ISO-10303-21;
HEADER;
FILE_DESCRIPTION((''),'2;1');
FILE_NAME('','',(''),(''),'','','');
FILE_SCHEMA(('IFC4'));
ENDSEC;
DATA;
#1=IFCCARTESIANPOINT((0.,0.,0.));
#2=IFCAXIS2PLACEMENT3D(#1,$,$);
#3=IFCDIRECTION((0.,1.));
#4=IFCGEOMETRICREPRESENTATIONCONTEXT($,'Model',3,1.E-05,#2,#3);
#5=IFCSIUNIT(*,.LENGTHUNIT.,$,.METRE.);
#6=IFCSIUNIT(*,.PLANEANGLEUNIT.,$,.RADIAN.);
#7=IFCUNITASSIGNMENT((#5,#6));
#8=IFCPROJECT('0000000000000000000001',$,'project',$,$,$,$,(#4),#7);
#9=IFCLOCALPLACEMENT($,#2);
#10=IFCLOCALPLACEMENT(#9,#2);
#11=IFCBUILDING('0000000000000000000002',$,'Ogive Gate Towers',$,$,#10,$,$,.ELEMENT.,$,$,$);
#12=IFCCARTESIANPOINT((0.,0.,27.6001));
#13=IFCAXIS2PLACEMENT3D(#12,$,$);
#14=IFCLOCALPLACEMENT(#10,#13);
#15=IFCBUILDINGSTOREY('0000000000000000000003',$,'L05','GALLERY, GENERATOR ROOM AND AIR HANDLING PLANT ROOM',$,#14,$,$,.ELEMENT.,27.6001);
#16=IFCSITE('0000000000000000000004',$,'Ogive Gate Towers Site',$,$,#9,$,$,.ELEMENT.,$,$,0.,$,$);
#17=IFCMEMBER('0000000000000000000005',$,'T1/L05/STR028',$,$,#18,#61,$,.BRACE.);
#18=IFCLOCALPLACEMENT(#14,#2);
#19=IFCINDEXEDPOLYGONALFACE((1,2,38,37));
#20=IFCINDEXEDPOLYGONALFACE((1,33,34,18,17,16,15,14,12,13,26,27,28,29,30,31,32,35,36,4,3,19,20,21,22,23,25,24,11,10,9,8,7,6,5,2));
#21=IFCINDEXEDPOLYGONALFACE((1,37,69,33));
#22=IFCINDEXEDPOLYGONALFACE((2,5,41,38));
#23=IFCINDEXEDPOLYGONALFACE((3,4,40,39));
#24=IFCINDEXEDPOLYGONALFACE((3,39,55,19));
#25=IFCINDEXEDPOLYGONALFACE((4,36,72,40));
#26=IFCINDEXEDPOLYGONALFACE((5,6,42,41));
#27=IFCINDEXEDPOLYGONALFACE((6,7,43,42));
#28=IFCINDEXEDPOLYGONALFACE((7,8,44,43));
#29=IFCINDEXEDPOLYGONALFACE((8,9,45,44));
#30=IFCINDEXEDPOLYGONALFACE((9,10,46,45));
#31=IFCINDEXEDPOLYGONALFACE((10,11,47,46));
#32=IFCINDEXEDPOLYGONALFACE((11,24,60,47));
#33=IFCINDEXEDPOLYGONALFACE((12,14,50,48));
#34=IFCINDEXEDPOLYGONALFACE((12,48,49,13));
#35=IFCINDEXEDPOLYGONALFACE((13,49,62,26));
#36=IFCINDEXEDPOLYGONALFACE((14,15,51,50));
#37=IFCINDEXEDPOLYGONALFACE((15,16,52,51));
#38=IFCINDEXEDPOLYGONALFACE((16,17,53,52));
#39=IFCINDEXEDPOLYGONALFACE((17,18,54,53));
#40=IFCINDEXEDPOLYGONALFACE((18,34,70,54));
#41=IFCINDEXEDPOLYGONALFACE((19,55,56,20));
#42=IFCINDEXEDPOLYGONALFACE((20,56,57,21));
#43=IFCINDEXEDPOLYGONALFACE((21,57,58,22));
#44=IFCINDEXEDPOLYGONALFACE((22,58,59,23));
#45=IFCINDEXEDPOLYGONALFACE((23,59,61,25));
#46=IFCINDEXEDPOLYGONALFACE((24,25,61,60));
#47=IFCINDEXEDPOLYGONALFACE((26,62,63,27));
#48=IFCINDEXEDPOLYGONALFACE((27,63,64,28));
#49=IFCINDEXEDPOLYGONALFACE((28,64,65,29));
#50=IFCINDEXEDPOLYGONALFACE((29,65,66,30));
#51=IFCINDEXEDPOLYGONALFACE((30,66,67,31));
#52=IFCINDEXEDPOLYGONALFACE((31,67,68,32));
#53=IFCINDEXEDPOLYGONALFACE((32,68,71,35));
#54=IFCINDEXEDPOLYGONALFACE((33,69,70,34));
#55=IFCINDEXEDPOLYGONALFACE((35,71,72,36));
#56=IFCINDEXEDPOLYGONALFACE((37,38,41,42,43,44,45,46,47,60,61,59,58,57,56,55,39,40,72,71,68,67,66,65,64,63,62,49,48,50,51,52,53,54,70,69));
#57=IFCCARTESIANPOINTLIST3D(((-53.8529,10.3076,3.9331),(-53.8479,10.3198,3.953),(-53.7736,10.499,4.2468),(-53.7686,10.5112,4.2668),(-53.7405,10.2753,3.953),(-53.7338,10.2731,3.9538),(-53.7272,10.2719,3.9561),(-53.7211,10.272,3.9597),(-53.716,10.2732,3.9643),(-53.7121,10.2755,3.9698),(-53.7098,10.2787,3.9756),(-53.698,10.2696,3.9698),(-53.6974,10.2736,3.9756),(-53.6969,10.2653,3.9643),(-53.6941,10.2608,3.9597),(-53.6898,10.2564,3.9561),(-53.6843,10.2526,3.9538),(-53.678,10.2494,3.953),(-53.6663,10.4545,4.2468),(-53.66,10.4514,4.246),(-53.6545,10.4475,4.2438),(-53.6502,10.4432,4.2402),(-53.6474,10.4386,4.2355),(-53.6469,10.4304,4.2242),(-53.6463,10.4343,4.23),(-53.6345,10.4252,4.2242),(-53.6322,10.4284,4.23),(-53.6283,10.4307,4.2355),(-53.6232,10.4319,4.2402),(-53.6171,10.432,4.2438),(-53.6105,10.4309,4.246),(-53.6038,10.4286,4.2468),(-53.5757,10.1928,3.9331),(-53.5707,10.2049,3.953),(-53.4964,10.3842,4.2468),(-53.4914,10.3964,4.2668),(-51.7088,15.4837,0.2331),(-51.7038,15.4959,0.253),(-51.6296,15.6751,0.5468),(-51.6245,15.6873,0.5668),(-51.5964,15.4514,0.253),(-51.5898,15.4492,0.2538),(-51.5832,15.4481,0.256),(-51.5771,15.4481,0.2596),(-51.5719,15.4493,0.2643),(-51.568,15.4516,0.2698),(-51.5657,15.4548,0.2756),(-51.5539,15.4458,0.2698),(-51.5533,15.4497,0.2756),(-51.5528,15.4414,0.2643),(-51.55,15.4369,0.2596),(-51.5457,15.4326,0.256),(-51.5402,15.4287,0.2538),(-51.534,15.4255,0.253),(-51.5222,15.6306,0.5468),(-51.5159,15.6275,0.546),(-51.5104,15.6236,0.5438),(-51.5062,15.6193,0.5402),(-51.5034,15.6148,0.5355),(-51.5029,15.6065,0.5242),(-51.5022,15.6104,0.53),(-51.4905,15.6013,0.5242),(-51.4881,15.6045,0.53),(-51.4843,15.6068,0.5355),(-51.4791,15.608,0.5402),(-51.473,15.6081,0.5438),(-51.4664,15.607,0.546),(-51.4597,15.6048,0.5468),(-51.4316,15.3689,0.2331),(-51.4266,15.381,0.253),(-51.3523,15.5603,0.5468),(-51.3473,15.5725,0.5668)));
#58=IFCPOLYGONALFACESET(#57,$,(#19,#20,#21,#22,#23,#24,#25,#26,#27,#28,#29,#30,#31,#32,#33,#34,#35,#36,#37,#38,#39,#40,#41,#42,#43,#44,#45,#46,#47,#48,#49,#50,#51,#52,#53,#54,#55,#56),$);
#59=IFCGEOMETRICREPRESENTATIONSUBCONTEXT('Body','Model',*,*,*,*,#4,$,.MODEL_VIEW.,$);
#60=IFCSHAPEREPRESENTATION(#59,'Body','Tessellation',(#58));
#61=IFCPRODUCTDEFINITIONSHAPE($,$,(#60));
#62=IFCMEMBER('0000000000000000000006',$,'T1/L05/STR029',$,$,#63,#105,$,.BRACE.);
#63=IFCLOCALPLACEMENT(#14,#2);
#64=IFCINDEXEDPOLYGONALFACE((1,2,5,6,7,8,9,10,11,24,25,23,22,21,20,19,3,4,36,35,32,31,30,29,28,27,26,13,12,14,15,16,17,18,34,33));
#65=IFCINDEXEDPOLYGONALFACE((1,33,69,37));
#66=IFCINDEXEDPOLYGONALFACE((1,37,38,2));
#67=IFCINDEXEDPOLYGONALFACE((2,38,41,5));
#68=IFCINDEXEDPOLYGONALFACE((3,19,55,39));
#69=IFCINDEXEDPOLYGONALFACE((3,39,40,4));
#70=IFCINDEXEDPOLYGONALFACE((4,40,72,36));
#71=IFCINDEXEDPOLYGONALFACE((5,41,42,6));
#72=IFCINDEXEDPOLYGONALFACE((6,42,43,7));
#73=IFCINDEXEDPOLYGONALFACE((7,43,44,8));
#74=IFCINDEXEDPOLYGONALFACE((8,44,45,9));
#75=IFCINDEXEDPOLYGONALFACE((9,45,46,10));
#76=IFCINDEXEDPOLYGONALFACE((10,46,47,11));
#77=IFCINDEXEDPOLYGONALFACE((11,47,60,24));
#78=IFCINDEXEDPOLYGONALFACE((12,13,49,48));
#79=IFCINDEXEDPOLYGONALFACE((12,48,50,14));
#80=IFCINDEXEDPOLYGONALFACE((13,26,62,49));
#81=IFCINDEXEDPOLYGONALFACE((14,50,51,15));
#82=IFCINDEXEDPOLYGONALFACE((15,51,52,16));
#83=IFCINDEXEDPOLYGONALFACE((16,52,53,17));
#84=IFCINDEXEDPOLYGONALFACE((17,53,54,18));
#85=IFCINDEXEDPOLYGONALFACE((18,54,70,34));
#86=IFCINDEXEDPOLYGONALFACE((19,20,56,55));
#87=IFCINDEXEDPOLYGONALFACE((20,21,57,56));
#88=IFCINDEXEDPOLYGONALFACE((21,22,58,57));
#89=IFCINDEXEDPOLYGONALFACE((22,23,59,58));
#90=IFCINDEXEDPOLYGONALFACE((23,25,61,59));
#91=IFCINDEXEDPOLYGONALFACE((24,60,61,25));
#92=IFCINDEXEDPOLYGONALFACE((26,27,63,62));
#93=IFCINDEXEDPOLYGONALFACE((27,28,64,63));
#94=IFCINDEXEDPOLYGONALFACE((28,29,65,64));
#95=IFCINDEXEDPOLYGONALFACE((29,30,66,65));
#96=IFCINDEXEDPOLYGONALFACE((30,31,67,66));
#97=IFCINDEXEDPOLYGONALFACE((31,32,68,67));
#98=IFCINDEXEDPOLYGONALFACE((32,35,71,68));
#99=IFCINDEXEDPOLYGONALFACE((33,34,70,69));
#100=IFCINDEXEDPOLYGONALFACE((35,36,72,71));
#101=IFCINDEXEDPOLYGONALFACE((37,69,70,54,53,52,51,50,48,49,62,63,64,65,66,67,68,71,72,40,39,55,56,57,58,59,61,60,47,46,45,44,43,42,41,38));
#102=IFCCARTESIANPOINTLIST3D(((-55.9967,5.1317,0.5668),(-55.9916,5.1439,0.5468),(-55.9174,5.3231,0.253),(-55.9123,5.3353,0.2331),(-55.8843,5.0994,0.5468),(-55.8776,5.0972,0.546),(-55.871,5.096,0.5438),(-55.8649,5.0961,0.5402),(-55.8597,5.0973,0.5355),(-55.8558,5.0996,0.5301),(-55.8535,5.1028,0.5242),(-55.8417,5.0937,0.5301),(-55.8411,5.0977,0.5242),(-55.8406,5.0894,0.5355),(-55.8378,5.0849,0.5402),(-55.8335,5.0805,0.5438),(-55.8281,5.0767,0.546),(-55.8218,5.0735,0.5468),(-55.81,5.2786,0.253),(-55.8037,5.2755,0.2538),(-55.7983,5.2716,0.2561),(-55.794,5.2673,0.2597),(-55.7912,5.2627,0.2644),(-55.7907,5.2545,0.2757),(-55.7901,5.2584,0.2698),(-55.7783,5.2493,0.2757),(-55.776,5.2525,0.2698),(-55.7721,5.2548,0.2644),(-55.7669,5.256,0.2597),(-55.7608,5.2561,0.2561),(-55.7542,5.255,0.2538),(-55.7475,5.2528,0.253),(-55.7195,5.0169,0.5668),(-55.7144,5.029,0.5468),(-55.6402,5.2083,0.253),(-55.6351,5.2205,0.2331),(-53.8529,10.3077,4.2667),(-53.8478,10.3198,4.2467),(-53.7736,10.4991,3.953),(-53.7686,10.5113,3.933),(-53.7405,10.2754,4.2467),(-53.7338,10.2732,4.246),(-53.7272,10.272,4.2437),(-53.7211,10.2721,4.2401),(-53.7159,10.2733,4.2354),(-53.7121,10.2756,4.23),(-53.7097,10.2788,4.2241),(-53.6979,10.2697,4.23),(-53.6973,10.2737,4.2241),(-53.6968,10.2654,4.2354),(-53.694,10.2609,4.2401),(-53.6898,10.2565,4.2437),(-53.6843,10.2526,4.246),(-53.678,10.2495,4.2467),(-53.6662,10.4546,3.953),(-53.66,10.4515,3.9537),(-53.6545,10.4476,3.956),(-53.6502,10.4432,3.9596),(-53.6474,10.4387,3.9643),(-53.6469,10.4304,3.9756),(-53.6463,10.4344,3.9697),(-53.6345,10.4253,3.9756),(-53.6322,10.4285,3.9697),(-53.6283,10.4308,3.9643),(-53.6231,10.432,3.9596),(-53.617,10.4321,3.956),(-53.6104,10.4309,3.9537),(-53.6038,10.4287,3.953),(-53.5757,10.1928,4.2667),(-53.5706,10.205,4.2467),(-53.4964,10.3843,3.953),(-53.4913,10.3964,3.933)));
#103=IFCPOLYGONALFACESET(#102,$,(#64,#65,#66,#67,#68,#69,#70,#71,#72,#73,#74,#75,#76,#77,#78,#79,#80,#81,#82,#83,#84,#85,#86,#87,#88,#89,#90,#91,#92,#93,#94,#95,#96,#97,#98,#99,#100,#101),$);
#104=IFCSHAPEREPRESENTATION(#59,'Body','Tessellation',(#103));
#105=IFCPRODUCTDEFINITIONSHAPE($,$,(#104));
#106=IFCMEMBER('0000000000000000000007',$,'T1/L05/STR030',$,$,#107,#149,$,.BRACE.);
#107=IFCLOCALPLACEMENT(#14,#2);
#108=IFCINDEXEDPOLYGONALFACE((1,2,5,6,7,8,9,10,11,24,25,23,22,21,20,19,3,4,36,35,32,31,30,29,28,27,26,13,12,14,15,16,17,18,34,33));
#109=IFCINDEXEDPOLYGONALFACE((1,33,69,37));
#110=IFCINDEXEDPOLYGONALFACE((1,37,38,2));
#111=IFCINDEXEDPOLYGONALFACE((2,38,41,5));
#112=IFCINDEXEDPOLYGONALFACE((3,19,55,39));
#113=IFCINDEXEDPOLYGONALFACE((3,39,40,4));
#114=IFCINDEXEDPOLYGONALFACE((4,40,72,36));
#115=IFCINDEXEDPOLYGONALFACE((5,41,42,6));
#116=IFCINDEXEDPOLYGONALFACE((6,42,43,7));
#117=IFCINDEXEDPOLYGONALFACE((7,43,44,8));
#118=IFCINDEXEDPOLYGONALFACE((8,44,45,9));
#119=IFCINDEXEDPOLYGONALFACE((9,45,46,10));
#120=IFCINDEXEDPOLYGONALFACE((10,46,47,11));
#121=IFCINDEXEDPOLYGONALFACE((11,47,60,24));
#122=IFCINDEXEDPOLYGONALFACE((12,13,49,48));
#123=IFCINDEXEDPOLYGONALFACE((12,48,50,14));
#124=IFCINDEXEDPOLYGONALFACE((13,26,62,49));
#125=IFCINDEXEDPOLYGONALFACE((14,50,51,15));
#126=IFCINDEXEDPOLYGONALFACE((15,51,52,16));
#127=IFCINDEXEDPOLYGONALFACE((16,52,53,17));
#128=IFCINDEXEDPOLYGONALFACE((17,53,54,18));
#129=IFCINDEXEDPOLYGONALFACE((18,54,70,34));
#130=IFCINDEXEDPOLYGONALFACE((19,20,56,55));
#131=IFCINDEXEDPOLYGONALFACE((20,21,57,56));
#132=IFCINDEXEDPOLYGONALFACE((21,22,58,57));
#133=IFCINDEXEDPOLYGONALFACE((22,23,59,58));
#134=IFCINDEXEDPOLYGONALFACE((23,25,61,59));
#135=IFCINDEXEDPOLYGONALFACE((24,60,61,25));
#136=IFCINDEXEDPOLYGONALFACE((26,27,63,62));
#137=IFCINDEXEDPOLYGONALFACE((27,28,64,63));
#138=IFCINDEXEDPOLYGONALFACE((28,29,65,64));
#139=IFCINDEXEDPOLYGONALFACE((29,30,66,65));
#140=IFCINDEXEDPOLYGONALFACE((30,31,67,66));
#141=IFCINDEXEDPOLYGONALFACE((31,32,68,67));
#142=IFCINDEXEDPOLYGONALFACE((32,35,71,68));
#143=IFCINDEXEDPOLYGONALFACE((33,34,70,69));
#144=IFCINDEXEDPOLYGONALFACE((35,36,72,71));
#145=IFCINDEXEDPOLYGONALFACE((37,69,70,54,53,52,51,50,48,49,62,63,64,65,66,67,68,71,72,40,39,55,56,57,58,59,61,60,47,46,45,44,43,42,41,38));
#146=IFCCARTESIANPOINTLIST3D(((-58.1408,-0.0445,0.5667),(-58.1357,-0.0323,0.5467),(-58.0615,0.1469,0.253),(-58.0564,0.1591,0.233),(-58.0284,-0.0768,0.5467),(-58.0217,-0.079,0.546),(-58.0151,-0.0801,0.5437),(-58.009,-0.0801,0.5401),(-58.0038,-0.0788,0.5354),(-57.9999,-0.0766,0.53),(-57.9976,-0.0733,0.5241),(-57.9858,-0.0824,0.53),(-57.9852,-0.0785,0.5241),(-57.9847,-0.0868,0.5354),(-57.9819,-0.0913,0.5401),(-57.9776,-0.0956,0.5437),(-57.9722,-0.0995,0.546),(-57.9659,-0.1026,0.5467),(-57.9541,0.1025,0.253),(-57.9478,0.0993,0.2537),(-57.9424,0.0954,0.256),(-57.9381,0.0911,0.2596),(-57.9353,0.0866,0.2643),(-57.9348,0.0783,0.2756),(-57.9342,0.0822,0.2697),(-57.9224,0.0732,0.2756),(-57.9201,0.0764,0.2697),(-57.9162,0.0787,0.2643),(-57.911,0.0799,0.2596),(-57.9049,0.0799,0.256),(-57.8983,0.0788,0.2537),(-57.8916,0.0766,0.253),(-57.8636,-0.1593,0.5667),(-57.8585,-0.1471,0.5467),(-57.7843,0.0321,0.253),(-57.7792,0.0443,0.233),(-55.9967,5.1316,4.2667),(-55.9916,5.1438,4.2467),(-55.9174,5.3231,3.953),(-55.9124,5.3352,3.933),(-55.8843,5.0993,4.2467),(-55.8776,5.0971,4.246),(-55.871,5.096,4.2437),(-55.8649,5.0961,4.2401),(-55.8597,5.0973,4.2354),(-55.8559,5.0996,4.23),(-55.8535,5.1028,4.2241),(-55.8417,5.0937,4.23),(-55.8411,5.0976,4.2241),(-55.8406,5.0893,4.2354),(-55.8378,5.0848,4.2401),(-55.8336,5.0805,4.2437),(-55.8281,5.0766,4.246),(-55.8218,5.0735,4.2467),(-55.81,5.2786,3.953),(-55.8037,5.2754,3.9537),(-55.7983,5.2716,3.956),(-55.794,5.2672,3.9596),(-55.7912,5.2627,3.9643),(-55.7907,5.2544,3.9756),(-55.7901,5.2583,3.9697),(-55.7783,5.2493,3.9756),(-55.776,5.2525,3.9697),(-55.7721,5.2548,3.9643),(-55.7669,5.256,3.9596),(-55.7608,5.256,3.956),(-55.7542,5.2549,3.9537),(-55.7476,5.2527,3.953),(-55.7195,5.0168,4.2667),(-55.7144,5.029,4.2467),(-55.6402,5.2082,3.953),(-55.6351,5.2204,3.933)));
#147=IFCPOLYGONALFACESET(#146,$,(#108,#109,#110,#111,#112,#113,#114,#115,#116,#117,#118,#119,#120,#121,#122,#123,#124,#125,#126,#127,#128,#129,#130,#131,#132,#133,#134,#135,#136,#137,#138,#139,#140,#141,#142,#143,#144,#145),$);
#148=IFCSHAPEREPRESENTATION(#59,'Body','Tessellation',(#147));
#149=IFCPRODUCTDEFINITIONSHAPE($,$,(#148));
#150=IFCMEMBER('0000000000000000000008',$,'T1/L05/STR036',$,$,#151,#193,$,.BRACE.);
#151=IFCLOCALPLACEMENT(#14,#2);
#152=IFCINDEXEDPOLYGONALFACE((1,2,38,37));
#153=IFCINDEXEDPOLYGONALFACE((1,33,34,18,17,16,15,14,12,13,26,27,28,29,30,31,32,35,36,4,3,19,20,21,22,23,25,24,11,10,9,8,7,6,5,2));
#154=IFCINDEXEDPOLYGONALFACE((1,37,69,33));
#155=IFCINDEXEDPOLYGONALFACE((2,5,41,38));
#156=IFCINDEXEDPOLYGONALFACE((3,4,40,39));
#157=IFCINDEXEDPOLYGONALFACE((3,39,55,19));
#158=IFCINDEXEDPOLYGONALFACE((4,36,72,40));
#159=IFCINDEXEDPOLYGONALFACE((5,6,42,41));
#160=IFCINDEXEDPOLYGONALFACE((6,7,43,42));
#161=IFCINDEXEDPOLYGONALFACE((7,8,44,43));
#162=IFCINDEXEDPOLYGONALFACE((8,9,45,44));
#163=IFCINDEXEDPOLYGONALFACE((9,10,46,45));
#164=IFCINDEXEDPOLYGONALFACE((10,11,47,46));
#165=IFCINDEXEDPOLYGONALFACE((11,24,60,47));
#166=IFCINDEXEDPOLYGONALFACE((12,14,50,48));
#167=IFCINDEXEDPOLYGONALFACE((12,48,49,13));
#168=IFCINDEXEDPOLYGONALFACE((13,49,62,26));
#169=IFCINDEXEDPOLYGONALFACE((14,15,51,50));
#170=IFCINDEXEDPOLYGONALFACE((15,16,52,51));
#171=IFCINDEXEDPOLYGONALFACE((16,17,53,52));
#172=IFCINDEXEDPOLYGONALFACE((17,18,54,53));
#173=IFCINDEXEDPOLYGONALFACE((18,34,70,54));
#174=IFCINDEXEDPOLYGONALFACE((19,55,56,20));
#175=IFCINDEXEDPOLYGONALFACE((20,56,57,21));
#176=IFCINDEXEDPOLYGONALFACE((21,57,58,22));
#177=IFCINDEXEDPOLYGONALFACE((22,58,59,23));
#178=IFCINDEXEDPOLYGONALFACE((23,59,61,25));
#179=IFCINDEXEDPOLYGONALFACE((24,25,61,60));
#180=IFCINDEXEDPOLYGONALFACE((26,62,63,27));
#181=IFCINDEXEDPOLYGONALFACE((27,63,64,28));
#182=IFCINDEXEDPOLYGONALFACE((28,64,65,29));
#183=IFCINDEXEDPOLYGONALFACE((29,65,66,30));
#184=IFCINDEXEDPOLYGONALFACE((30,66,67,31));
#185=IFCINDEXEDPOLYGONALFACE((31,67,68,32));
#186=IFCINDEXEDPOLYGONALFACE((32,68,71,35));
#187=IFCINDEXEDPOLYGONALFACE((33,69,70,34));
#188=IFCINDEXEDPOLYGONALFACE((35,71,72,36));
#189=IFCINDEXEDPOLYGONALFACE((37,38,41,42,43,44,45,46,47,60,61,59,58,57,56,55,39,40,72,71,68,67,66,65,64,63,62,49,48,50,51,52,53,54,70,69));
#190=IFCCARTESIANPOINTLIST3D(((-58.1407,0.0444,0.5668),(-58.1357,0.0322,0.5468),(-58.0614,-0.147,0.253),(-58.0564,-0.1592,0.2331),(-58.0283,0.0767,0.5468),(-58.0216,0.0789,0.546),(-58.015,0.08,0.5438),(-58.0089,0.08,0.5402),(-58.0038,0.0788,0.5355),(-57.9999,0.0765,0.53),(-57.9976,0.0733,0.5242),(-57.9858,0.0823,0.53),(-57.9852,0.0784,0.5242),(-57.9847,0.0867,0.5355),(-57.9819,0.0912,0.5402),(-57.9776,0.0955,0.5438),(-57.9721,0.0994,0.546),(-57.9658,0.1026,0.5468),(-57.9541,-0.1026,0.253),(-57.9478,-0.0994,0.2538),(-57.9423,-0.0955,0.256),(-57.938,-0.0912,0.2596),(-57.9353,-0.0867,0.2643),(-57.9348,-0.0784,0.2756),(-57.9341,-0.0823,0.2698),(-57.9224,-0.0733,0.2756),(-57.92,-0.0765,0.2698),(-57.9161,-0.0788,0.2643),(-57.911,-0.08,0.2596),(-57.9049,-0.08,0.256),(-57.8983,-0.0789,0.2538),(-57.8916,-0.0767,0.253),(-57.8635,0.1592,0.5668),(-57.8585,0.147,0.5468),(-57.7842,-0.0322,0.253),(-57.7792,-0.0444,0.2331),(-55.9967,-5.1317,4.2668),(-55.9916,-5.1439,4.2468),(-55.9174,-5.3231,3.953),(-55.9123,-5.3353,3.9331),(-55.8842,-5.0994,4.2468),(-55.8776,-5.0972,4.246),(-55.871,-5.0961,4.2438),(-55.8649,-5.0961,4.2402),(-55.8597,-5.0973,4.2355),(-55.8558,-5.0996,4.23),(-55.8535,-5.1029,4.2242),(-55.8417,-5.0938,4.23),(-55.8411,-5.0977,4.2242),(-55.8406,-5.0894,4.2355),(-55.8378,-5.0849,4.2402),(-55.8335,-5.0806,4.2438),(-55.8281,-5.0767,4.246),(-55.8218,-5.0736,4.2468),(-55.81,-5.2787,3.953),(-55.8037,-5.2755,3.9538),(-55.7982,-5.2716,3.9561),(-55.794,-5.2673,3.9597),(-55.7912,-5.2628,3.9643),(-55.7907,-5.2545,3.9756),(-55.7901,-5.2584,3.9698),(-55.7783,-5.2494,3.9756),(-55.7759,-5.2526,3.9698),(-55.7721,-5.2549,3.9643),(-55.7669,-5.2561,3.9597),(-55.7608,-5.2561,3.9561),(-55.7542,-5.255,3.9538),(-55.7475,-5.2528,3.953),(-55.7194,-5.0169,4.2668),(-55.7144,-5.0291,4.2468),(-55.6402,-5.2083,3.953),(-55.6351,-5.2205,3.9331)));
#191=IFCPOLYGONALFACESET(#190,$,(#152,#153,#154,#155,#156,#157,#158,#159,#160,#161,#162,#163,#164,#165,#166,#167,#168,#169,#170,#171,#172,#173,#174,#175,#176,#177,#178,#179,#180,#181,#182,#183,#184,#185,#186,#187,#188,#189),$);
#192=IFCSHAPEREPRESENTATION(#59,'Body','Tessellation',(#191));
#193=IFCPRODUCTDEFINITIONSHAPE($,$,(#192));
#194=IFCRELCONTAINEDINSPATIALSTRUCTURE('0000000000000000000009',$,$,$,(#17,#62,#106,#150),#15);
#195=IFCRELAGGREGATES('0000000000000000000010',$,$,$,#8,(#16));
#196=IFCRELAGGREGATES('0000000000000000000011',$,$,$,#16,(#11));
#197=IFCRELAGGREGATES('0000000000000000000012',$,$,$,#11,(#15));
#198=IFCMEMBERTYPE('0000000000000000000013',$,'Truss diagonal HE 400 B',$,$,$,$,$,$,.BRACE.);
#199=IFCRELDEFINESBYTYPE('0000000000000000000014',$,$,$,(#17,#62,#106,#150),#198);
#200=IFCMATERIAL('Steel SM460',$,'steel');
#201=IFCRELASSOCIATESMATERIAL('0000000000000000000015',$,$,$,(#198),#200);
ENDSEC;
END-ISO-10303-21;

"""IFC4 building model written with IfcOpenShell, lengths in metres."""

from ifc_helpers import new_model, si_unit, direction, frame, origin, origin_2d, place, context, subcontext, project, spatial, i_section, extrude, material, material_profile, profile_set, type_object, element, save


model = new_model("IFC4")

# Units and contexts
model_context = context("Model", 3, precision=1e-05, world=origin(), true_north=direction((0.0, 1.0)))
body_context = subcontext(model_context, "Body", "Model", "MODEL_VIEW")
ifc_project = project(units=[si_unit("LENGTHUNIT", "METRE"), si_unit("PLANEANGLEUNIT", "RADIAN")], contexts=[model_context])

# Site, building, storey
site_placement = place(None, origin())
site = spatial("IfcSite", under=ifc_project, at=site_placement, Name="Ogive Gate Towers Site", CompositionType="ELEMENT", RefElevation=0.0)
building_placement = place(site_placement, origin())
building = spatial("IfcBuilding", under=site, at=building_placement, Name="Ogive Gate Towers", CompositionType="ELEMENT")
storey_placement = place(building_placement, frame((0.0, 0.0, 27.6001)))
storey = spatial("IfcBuildingStorey", under=building, at=storey_placement, Name="L05", Description="GALLERY, GENERATOR ROOM AND AIR HANDLING PLANT ROOM", CompositionType="ELEMENT", Elevation=27.6001)

# Shared definitions
ifc_material_1 = material(Name="Steel SM460", Category="steel")

# Members
ifc_material_profile_1 = material_profile(ifc_material_1, i_section(OverallWidth=0.3, OverallDepth=0.3999, WebThickness=0.0134, FlangeThickness=0.0239, FilletRadius=0.0271, at=origin_2d()), Name="HE 400 B")
ifc_profile_set_1 = profile_set([ifc_material_profile_1], Name="Steel SM460")
member_type_1 = type_object("IfcMemberType", Name="Truss diagonal HE 400 B", PredefinedType="BRACE", material=ifc_profile_set_1)
member_1_placement = place(storey_placement, frame((-51.5281, 15.5281, 0.3999), z_axis=(-0.319339, -0.77093, 0.55108), x_axis=(0.923876, -0.382693, 0.0)))
element("IfcMember", 1, at=member_1_placement, inside=storey, type_object=member_type_1, Name="T1/L05/STR028", PredefinedType="BRACE", context=body_context, shape_type="SweptSolid", body=[
    extrude(i_section(OverallWidth=0.3, OverallDepth=0.3999, WebThickness=0.0134, FlangeThickness=0.0239, FilletRadius=0.0271, at=origin_2d()), origin(), (0.0, 0.0, 1.0), 6.7141),
])
member_2_placement = place(storey_placement, frame((-53.6721, 10.3521, 4.0999), z_axis=(-0.319306, -0.770939, -0.551086), x_axis=(0.923891, -0.382656, 0.0)))
element("IfcMember", 2, at=member_2_placement, inside=storey, type_object=member_type_1, Name="T1/L05/STR029", PredefinedType="BRACE", context=body_context, shape_type="SweptSolid", body=[
    extrude(i_section(OverallWidth=0.3, OverallDepth=0.3999, WebThickness=0.0134, FlangeThickness=0.0239, FilletRadius=0.0271, at=origin_2d()), origin(), (0.0, 0.0, 1.0), 6.7139),
])
for number, where, z_axis, x_axis, name in (
    (3, (-55.8159, 5.176, 4.0999), (-0.319339, -0.77093, -0.55108), (0.923876, -0.382693, 0.0), "T1/L05/STR030"),
    (4, (-57.96, 0.0, 0.3999), (0.319339, -0.77093, 0.55108), (0.923876, 0.382693, 0.0), "T1/L05/STR036"),
):
    element("IfcMember", number, at=place(storey_placement, frame(where, z_axis=z_axis, x_axis=x_axis)), inside=storey, type_object=member_type_1, Name=name, PredefinedType="BRACE", context=body_context, shape_type="SweptSolid", body=[
        extrude(i_section(OverallWidth=0.3, OverallDepth=0.3999, WebThickness=0.0134, FlangeThickness=0.0239, FilletRadius=0.0271, at=origin_2d()), origin(), (0.0, 0.0, 1.0), 6.7141),
    ])

save(model, "model.ifc")
